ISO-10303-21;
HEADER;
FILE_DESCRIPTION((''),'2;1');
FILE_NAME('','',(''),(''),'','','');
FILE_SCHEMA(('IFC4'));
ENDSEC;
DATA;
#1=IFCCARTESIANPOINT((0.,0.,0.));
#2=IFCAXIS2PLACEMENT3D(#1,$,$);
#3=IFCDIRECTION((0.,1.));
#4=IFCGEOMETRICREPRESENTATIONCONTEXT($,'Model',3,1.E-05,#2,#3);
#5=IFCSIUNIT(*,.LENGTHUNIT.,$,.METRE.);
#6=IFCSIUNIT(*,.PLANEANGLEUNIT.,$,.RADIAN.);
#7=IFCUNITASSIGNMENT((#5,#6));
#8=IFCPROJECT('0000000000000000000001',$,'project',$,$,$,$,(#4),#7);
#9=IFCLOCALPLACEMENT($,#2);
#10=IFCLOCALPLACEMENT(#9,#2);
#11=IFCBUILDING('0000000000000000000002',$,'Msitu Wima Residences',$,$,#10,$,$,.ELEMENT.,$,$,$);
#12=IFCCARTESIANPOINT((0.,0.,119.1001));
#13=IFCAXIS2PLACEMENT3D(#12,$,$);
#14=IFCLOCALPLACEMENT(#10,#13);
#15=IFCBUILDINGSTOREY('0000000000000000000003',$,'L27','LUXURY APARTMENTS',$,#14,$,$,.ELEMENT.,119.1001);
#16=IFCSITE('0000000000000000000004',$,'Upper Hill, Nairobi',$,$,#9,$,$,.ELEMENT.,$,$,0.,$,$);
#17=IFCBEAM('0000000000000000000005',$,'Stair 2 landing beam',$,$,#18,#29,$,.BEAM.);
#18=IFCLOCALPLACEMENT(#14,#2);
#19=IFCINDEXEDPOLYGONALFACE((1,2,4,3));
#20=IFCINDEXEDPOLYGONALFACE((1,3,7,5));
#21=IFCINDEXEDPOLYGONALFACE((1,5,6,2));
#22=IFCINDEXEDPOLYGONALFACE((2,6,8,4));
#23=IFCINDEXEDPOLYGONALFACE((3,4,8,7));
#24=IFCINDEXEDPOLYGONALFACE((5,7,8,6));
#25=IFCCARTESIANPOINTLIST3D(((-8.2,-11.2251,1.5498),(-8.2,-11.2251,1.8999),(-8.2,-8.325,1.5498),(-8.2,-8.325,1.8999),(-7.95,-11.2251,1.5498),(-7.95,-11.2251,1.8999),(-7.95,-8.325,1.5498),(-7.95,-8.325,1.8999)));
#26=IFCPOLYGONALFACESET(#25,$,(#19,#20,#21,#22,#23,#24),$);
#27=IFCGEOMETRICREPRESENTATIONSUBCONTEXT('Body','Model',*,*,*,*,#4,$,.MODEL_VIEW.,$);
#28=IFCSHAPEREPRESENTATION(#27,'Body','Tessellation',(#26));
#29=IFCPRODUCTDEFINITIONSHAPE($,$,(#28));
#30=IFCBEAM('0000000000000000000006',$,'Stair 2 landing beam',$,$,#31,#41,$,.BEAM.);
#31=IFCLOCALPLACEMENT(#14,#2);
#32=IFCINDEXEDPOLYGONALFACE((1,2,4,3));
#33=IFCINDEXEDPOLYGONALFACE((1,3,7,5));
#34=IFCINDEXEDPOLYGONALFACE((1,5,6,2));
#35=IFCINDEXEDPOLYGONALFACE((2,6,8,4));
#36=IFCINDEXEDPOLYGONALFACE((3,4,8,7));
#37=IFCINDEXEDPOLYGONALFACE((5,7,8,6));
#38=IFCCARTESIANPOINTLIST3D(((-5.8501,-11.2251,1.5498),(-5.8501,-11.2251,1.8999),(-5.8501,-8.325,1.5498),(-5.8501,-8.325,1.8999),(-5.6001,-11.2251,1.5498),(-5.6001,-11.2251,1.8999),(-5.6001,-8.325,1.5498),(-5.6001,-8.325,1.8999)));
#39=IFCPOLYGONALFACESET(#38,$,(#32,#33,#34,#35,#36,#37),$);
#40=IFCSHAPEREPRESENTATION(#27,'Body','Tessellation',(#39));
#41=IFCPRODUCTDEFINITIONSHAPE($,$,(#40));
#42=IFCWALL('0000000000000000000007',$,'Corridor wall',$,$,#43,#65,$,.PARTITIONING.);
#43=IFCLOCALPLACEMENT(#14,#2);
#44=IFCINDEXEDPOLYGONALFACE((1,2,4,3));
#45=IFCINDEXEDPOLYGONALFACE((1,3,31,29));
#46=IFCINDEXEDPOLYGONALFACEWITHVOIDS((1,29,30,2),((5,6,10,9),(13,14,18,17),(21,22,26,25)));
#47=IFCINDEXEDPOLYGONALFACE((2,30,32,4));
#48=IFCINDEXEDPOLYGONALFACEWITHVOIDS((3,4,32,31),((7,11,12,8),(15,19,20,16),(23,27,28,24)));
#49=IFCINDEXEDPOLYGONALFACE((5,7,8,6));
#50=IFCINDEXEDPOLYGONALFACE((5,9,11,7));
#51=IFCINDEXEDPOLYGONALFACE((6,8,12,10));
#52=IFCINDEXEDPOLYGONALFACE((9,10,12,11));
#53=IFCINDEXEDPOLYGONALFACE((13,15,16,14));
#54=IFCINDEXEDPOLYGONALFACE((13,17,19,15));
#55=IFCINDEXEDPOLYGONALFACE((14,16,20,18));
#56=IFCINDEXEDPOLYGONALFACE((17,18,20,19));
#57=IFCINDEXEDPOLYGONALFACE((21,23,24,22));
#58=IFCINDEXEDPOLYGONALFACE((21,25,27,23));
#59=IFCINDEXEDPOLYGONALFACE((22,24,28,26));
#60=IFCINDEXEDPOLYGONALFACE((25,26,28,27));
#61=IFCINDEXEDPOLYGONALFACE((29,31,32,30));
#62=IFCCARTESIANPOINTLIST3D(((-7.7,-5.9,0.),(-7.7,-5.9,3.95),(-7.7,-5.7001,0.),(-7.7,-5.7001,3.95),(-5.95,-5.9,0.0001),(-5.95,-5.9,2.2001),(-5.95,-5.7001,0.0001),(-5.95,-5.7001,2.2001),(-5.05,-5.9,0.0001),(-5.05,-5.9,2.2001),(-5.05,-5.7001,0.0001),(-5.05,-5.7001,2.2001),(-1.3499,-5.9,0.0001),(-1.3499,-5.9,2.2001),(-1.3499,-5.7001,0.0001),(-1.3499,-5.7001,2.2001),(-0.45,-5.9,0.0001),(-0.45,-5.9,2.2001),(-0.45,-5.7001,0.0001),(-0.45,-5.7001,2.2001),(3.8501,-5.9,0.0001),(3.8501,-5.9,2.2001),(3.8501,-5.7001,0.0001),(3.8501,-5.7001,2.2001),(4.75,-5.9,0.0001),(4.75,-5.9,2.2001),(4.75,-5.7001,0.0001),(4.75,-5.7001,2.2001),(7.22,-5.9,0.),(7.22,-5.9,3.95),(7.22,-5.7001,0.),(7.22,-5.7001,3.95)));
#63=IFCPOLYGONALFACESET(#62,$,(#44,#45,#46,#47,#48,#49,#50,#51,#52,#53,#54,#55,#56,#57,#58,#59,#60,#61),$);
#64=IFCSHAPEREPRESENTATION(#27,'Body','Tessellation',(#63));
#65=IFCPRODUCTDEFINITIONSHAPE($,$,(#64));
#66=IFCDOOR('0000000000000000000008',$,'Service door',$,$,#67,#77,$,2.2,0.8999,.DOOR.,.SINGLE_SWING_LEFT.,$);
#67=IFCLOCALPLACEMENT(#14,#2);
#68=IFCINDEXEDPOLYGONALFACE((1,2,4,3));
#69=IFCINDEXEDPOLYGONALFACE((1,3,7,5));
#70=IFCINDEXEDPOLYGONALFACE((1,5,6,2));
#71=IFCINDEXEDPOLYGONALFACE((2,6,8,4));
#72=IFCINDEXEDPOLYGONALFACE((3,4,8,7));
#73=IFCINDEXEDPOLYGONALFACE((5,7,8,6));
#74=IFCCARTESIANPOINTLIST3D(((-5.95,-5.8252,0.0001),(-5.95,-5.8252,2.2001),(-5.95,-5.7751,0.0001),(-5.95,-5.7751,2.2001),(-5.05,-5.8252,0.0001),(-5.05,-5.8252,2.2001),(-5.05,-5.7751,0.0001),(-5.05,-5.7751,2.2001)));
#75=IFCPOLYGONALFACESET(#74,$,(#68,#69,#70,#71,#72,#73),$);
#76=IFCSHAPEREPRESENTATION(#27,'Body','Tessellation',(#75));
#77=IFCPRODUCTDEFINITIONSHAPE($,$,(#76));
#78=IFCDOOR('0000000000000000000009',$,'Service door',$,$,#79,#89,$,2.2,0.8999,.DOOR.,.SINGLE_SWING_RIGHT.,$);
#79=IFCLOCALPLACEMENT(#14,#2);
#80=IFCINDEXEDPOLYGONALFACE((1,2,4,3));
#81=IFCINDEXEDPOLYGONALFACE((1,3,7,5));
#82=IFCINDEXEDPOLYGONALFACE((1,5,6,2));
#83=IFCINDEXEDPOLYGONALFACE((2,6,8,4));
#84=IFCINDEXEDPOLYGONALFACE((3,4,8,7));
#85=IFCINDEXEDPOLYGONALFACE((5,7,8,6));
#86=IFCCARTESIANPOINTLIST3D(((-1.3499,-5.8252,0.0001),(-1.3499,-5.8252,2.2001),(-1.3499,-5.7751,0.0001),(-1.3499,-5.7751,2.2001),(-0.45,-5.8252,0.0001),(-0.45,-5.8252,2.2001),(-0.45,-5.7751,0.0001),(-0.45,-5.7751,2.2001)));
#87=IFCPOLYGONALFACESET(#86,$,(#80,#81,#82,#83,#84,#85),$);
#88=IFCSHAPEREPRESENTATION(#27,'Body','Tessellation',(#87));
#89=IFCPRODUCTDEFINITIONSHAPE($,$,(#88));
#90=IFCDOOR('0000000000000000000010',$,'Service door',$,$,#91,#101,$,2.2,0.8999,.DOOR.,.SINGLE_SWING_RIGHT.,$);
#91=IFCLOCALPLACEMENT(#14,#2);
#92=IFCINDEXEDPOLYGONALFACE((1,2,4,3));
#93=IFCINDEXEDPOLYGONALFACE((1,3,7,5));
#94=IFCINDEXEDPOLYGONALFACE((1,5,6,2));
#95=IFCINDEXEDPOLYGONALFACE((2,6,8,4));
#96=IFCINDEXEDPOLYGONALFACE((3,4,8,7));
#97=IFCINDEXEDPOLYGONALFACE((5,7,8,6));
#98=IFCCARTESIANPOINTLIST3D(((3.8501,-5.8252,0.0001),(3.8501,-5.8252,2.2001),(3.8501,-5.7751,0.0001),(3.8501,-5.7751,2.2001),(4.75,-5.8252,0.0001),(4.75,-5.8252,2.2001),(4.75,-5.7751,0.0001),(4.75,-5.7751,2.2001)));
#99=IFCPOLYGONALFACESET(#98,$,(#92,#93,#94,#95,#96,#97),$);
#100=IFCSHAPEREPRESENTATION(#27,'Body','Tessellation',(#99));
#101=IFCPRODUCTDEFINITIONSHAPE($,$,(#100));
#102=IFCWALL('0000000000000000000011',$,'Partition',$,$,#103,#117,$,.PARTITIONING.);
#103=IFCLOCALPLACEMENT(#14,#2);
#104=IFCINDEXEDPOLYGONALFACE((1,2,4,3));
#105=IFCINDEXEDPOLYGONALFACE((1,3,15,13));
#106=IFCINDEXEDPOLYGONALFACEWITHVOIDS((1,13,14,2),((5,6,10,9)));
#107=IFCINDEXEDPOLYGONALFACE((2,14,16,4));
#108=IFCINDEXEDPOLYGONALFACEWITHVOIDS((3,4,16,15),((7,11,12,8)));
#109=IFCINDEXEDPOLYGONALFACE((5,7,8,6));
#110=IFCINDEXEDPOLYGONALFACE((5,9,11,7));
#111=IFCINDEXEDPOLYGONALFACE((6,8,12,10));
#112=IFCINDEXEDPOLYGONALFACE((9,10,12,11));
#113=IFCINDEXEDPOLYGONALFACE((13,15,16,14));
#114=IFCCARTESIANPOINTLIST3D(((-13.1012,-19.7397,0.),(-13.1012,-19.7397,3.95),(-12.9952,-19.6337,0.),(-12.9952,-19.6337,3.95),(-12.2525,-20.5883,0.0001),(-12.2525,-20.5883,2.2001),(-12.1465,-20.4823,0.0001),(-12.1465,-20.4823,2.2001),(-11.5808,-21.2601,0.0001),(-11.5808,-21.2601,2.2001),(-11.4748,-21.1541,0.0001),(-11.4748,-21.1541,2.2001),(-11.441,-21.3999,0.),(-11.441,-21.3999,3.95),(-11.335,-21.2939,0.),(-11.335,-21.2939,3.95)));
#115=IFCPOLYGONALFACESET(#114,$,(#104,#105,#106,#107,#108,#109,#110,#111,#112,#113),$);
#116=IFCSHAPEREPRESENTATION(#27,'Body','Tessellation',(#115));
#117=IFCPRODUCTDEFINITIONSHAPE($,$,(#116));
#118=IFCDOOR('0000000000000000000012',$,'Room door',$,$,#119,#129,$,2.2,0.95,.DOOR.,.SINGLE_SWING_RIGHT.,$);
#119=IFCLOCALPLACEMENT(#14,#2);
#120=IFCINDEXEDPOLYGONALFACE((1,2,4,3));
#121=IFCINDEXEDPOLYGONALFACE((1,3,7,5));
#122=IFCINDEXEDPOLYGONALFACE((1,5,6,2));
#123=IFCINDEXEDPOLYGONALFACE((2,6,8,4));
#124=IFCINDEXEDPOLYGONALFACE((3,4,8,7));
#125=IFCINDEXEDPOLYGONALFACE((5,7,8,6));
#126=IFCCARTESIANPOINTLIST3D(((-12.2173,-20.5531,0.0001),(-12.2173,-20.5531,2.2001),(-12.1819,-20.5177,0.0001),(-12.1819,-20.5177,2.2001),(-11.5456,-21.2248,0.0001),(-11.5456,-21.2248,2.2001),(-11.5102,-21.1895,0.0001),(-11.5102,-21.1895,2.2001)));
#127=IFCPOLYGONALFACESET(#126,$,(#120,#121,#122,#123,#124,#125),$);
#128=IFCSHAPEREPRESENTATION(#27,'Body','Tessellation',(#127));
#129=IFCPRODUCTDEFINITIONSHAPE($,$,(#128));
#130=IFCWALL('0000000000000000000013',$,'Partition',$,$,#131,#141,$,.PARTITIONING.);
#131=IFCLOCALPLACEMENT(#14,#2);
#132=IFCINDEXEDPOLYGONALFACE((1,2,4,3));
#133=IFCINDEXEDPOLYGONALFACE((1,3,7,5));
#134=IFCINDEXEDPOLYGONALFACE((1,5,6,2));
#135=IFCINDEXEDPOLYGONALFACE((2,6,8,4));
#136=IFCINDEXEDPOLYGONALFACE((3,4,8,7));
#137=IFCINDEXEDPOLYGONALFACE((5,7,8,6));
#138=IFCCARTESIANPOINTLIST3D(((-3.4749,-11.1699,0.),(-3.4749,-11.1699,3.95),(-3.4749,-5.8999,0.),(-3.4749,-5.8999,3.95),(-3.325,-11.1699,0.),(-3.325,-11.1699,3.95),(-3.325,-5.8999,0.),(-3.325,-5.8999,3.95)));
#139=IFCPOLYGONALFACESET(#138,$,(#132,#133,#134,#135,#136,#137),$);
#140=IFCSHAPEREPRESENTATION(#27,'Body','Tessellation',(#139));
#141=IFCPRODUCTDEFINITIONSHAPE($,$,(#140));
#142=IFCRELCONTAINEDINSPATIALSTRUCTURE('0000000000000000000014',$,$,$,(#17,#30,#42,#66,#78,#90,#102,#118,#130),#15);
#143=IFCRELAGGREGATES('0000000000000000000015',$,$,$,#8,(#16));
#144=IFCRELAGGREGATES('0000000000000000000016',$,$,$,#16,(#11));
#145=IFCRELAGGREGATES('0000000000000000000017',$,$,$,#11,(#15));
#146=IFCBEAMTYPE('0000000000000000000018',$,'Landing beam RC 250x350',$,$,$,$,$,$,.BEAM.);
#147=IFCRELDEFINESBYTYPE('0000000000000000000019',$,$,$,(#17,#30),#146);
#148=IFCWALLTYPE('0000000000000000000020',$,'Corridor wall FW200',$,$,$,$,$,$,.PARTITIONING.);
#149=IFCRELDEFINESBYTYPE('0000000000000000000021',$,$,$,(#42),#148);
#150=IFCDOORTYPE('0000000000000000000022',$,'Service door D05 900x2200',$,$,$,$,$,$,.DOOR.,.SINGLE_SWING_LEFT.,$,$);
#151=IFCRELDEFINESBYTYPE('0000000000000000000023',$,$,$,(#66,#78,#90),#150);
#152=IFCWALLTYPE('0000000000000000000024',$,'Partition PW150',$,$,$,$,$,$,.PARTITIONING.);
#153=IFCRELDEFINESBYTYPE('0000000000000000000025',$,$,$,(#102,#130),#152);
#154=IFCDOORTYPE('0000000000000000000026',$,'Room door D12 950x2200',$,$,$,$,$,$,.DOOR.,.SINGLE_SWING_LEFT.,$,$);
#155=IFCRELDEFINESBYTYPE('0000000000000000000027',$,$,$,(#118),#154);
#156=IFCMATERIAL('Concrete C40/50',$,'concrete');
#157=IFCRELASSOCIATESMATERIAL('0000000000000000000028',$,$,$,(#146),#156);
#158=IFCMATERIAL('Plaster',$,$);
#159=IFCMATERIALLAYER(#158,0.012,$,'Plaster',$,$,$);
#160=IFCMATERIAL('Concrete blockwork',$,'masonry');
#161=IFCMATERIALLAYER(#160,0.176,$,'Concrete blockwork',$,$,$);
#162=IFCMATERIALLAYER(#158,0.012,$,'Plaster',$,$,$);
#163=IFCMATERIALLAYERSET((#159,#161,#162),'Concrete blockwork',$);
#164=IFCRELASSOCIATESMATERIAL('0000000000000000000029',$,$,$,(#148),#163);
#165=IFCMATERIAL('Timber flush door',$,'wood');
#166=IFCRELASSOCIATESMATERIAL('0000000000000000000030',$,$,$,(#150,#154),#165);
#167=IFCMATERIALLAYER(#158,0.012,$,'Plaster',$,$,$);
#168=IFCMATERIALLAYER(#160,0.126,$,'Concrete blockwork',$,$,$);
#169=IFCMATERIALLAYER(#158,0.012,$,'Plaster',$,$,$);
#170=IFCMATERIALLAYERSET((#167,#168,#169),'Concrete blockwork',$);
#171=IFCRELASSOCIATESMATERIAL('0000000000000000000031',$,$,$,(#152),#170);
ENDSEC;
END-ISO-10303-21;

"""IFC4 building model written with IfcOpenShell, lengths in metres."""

from ifc_helpers import new_model, si_unit, direction, frame, frame_2d, origin, origin_2d, place, context, subcontext, project, spatial, rectangle, extrude, material, layer, layer_set, material_profile, profile_set, type_object, element, fill, save


model = new_model("IFC4")

# Units and contexts
model_context = context("Model", 3, precision=1e-05, world=origin(), true_north=direction((0.0, 1.0)))
body_context = subcontext(model_context, "Body", "Model", "MODEL_VIEW")
ifc_project = project(units=[si_unit("LENGTHUNIT", "METRE"), si_unit("PLANEANGLEUNIT", "RADIAN")], contexts=[model_context])

# Site, building, storey
site_placement = place(None, origin())
site = spatial("IfcSite", under=ifc_project, at=site_placement, Name="Upper Hill, Nairobi", CompositionType="ELEMENT", RefElevation=0.0)
building_placement = place(site_placement, origin())
building = spatial("IfcBuilding", under=site, at=building_placement, Name="Msitu Wima Residences", CompositionType="ELEMENT")
storey_placement = place(building_placement, frame((0.0, 0.0, 119.1001)))
storey = spatial("IfcBuildingStorey", under=building, at=storey_placement, Name="L27", Description="LUXURY APARTMENTS", CompositionType="ELEMENT", Elevation=119.1001)

# Beams
ifc_material_1 = material(Name="Concrete C40/50", Category="concrete")
ifc_material_profile = material_profile(ifc_material_1, rectangle(XDim=0.25, YDim=0.3501, at=origin_2d()), Name="RC 250x350")
ifc_profile_set = profile_set([ifc_material_profile], Name="Concrete C40/50")
beam_type = type_object("IfcBeamType", Name="Landing beam RC 250x350", PredefinedType="BEAM", material=ifc_profile_set)
for number, where, z_axis, x_axis, name in (
    (1, (-8.075, -11.2251, 1.7249), (0.0, 1.0, 0.0), (-1.0, 0.0, 0.0), "Stair 2 landing beam"),
    (2, (-5.7251, -11.2251, 1.7249), (0.0, 1.0, 0.0), (-1.0, 0.0, 0.0), "Stair 2 landing beam"),
):
    element("IfcBeam", number, at=place(storey_placement, frame(where, z_axis=z_axis, x_axis=x_axis)), inside=storey, type_object=beam_type, Name=name, PredefinedType="BEAM", context=body_context, shape_type="SweptSolid", body=[
        extrude(rectangle(XDim=0.25, YDim=0.3501, at=origin_2d()), origin(), (0.0, 0.0, 1.0), 2.9001),
    ])

# Shared definitions
ifc_material_2 = material(Name="Plaster")
ifc_layer_1 = layer(ifc_material_2, 0.012, Name="Plaster")
ifc_material_3 = material(Name="Concrete blockwork", Category="masonry")
ifc_layer_2 = layer(ifc_material_3, 0.176, Name="Concrete blockwork")
ifc_layer_3 = layer(ifc_material_2, 0.012, Name="Plaster")
ifc_layer_set_1 = layer_set([ifc_layer_1, ifc_layer_2, ifc_layer_3], Name="Concrete blockwork")
wall_type_1 = type_object("IfcWallType", Name="Corridor wall FW200", PredefinedType="PARTITIONING", material=ifc_layer_set_1)

# Wall, openings, doors
wall_1_placement = place(storey_placement, frame((-7.7, -5.8, 0.0), z_axis=(0.0, 0.0, 1.0), x_axis=(1.0, 0.0, 0.0)))
wall_1 = element("IfcWall", 3, at=wall_1_placement, inside=storey, type_object=wall_type_1, Name="Corridor wall", PredefinedType="PARTITIONING", context=body_context, shape_type="SweptSolid", body=[
    extrude(rectangle(XDim=14.9199, YDim=0.2, at=frame_2d((7.46, 0.0))), origin(), (0.0, 0.0, 1.0), 3.95),
])
opening_1_placement = place(wall_1_placement, frame((1.75, 0.0, 0.0)))
opening_1 = element("IfcOpeningElement", 4, at=opening_1_placement, cuts=wall_1, PredefinedType="OPENING", context=body_context, shape_type="SweptSolid", body=[
    extrude(rectangle(XDim=0.8999, YDim=2.2, at=frame_2d((0.45, 1.1001))), frame((0.0, 0.1099, 0.0), z_axis=(0.0, -1.0, 0.0), x_axis=(1.0, 0.0, 0.0)), (0.0, 0.0, 1.0), 0.22),
])
opening_2_placement = place(wall_1_placement, frame((6.3501, 0.0, 0.0)))
opening_2 = element("IfcOpeningElement", 5, at=opening_2_placement, cuts=wall_1, PredefinedType="OPENING", context=body_context, shape_type="SweptSolid", body=[
    extrude(rectangle(XDim=0.8999, YDim=2.2, at=frame_2d((0.45, 1.1001))), frame((0.0, 0.1099, 0.0), z_axis=(0.0, -1.0, 0.0), x_axis=(1.0, 0.0, 0.0)), (0.0, 0.0, 1.0), 0.22),
])
opening_3_placement = place(wall_1_placement, frame((11.55, 0.0, 0.0)))
opening_3 = element("IfcOpeningElement", 6, at=opening_3_placement, cuts=wall_1, PredefinedType="OPENING", context=body_context, shape_type="SweptSolid", body=[
    extrude(rectangle(XDim=0.8999, YDim=2.2, at=frame_2d((0.45, 1.1001))), frame((0.0, 0.1099, 0.0), z_axis=(0.0, -1.0, 0.0), x_axis=(1.0, 0.0, 0.0)), (0.0, 0.0, 1.0), 0.22),
])
ifc_material_4 = material(Name="Timber flush door", Category="wood")
door_type_1 = type_object("IfcDoorType", Name="Service door D05 900x2200", OperationType="SINGLE_SWING_LEFT", PredefinedType="DOOR", material=ifc_material_4)
door_1_placement = place(opening_1_placement, origin())
door_1 = element("IfcDoor", 7, at=door_1_placement, inside=storey, type_object=door_type_1, Name="Service door", OperationType="SINGLE_SWING_LEFT", OverallHeight=2.2, OverallWidth=0.8999, PredefinedType="DOOR", context=body_context, shape_type="SweptSolid", body=[
    extrude(rectangle(XDim=0.8999, YDim=2.2, at=frame_2d((0.45, 1.1001))), frame((0.0, 0.0249, 0.0), z_axis=(0.0, -1.0, 0.0), x_axis=(1.0, 0.0, 0.0)), (0.0, 0.0, 1.0), 0.05),
])
fill(opening_1, door_1)
door_2_placement = place(opening_2_placement, origin())
door_2 = element("IfcDoor", 8, at=door_2_placement, inside=storey, type_object=door_type_1, Name="Service door", OperationType="SINGLE_SWING_RIGHT", OverallHeight=2.2, OverallWidth=0.8999, PredefinedType="DOOR", context=body_context, shape_type="SweptSolid", body=[
    extrude(rectangle(XDim=0.8999, YDim=2.2, at=frame_2d((0.45, 1.1001))), frame((0.0, 0.0249, 0.0), z_axis=(0.0, -1.0, 0.0), x_axis=(1.0, 0.0, 0.0)), (0.0, 0.0, 1.0), 0.05),
])
fill(opening_2, door_2)
door_3_placement = place(opening_3_placement, origin())
door_3 = element("IfcDoor", 9, at=door_3_placement, inside=storey, type_object=door_type_1, Name="Service door", OperationType="SINGLE_SWING_RIGHT", OverallHeight=2.2, OverallWidth=0.8999, PredefinedType="DOOR", context=body_context, shape_type="SweptSolid", body=[
    extrude(rectangle(XDim=0.8999, YDim=2.2, at=frame_2d((0.45, 1.1001))), frame((0.0, 0.0249, 0.0), z_axis=(0.0, -1.0, 0.0), x_axis=(1.0, 0.0, 0.0)), (0.0, 0.0, 1.0), 0.05),
])
fill(opening_3, door_3)

# Wall, opening, door
ifc_layer_4 = layer(ifc_material_2, 0.012, Name="Plaster")
ifc_layer_5 = layer(ifc_material_3, 0.126, Name="Concrete blockwork")
ifc_layer_6 = layer(ifc_material_2, 0.012, Name="Plaster")
ifc_layer_set_2 = layer_set([ifc_layer_4, ifc_layer_5, ifc_layer_6], Name="Concrete blockwork")
wall_type_2 = type_object("IfcWallType", Name="Partition PW150", PredefinedType="PARTITIONING", material=ifc_layer_set_2)
wall_2_placement = place(storey_placement, frame((-13.0481, -19.6868, 0.0), z_axis=(0.0, 0.0, 1.0), x_axis=(0.707107, -0.707107, 0.0)))
wall_2 = element("IfcWall", 10, at=wall_2_placement, inside=storey, type_object=wall_type_2, Name="Partition", PredefinedType="PARTITIONING", context=body_context, shape_type="SweptSolid", body=[
    extrude(rectangle(XDim=2.3479, YDim=0.1499, at=frame_2d((1.1738, 0.0))), origin(), (0.0, 0.0, 1.0), 3.95),
])
opening_4_placement = place(wall_2_placement, frame((1.2, 0.0, 0.0)))
opening_4 = element("IfcOpeningElement", 11, at=opening_4_placement, cuts=wall_2, PredefinedType="OPENING", context=body_context, shape_type="SweptSolid", body=[
    extrude(rectangle(XDim=0.95, YDim=2.2, at=frame_2d((0.4751, 1.1001))), frame((0.0, 0.085, 0.0), z_axis=(0.0, -1.0, 0.0), x_axis=(1.0, 0.0, 0.0)), (0.0, 0.0, 1.0), 0.1699),
])
door_type_2 = type_object("IfcDoorType", Name="Room door D12 950x2200", OperationType="SINGLE_SWING_LEFT", PredefinedType="DOOR", material=ifc_material_4)
door_4_placement = place(opening_4_placement, origin())
door_4 = element("IfcDoor", 12, at=door_4_placement, inside=storey, type_object=door_type_2, Name="Room door", OperationType="SINGLE_SWING_RIGHT", OverallHeight=2.2, OverallWidth=0.95, PredefinedType="DOOR", context=body_context, shape_type="SweptSolid", body=[
    extrude(rectangle(XDim=0.95, YDim=2.2, at=frame_2d((0.4751, 1.1001))), frame((0.0, 0.0249, 0.0), z_axis=(0.0, -1.0, 0.0), x_axis=(1.0, 0.0, 0.0)), (0.0, 0.0, 1.0), 0.05),
])
fill(opening_4, door_4)

# Wall
wall_3_placement = place(storey_placement, frame((-3.3999, -11.1699, 0.0), z_axis=(0.0, 0.0, 1.0), x_axis=(0.0, 1.0, 0.0)))
element("IfcWall", 13, at=wall_3_placement, inside=storey, type_object=wall_type_2, Name="Partition", PredefinedType="PARTITIONING", context=body_context, shape_type="SweptSolid", body=[
    extrude(rectangle(XDim=5.27, YDim=0.1499, at=frame_2d((2.635, 0.0))), origin(), (0.0, 0.0, 1.0), 3.95),
])

save(model, "model.ifc")
